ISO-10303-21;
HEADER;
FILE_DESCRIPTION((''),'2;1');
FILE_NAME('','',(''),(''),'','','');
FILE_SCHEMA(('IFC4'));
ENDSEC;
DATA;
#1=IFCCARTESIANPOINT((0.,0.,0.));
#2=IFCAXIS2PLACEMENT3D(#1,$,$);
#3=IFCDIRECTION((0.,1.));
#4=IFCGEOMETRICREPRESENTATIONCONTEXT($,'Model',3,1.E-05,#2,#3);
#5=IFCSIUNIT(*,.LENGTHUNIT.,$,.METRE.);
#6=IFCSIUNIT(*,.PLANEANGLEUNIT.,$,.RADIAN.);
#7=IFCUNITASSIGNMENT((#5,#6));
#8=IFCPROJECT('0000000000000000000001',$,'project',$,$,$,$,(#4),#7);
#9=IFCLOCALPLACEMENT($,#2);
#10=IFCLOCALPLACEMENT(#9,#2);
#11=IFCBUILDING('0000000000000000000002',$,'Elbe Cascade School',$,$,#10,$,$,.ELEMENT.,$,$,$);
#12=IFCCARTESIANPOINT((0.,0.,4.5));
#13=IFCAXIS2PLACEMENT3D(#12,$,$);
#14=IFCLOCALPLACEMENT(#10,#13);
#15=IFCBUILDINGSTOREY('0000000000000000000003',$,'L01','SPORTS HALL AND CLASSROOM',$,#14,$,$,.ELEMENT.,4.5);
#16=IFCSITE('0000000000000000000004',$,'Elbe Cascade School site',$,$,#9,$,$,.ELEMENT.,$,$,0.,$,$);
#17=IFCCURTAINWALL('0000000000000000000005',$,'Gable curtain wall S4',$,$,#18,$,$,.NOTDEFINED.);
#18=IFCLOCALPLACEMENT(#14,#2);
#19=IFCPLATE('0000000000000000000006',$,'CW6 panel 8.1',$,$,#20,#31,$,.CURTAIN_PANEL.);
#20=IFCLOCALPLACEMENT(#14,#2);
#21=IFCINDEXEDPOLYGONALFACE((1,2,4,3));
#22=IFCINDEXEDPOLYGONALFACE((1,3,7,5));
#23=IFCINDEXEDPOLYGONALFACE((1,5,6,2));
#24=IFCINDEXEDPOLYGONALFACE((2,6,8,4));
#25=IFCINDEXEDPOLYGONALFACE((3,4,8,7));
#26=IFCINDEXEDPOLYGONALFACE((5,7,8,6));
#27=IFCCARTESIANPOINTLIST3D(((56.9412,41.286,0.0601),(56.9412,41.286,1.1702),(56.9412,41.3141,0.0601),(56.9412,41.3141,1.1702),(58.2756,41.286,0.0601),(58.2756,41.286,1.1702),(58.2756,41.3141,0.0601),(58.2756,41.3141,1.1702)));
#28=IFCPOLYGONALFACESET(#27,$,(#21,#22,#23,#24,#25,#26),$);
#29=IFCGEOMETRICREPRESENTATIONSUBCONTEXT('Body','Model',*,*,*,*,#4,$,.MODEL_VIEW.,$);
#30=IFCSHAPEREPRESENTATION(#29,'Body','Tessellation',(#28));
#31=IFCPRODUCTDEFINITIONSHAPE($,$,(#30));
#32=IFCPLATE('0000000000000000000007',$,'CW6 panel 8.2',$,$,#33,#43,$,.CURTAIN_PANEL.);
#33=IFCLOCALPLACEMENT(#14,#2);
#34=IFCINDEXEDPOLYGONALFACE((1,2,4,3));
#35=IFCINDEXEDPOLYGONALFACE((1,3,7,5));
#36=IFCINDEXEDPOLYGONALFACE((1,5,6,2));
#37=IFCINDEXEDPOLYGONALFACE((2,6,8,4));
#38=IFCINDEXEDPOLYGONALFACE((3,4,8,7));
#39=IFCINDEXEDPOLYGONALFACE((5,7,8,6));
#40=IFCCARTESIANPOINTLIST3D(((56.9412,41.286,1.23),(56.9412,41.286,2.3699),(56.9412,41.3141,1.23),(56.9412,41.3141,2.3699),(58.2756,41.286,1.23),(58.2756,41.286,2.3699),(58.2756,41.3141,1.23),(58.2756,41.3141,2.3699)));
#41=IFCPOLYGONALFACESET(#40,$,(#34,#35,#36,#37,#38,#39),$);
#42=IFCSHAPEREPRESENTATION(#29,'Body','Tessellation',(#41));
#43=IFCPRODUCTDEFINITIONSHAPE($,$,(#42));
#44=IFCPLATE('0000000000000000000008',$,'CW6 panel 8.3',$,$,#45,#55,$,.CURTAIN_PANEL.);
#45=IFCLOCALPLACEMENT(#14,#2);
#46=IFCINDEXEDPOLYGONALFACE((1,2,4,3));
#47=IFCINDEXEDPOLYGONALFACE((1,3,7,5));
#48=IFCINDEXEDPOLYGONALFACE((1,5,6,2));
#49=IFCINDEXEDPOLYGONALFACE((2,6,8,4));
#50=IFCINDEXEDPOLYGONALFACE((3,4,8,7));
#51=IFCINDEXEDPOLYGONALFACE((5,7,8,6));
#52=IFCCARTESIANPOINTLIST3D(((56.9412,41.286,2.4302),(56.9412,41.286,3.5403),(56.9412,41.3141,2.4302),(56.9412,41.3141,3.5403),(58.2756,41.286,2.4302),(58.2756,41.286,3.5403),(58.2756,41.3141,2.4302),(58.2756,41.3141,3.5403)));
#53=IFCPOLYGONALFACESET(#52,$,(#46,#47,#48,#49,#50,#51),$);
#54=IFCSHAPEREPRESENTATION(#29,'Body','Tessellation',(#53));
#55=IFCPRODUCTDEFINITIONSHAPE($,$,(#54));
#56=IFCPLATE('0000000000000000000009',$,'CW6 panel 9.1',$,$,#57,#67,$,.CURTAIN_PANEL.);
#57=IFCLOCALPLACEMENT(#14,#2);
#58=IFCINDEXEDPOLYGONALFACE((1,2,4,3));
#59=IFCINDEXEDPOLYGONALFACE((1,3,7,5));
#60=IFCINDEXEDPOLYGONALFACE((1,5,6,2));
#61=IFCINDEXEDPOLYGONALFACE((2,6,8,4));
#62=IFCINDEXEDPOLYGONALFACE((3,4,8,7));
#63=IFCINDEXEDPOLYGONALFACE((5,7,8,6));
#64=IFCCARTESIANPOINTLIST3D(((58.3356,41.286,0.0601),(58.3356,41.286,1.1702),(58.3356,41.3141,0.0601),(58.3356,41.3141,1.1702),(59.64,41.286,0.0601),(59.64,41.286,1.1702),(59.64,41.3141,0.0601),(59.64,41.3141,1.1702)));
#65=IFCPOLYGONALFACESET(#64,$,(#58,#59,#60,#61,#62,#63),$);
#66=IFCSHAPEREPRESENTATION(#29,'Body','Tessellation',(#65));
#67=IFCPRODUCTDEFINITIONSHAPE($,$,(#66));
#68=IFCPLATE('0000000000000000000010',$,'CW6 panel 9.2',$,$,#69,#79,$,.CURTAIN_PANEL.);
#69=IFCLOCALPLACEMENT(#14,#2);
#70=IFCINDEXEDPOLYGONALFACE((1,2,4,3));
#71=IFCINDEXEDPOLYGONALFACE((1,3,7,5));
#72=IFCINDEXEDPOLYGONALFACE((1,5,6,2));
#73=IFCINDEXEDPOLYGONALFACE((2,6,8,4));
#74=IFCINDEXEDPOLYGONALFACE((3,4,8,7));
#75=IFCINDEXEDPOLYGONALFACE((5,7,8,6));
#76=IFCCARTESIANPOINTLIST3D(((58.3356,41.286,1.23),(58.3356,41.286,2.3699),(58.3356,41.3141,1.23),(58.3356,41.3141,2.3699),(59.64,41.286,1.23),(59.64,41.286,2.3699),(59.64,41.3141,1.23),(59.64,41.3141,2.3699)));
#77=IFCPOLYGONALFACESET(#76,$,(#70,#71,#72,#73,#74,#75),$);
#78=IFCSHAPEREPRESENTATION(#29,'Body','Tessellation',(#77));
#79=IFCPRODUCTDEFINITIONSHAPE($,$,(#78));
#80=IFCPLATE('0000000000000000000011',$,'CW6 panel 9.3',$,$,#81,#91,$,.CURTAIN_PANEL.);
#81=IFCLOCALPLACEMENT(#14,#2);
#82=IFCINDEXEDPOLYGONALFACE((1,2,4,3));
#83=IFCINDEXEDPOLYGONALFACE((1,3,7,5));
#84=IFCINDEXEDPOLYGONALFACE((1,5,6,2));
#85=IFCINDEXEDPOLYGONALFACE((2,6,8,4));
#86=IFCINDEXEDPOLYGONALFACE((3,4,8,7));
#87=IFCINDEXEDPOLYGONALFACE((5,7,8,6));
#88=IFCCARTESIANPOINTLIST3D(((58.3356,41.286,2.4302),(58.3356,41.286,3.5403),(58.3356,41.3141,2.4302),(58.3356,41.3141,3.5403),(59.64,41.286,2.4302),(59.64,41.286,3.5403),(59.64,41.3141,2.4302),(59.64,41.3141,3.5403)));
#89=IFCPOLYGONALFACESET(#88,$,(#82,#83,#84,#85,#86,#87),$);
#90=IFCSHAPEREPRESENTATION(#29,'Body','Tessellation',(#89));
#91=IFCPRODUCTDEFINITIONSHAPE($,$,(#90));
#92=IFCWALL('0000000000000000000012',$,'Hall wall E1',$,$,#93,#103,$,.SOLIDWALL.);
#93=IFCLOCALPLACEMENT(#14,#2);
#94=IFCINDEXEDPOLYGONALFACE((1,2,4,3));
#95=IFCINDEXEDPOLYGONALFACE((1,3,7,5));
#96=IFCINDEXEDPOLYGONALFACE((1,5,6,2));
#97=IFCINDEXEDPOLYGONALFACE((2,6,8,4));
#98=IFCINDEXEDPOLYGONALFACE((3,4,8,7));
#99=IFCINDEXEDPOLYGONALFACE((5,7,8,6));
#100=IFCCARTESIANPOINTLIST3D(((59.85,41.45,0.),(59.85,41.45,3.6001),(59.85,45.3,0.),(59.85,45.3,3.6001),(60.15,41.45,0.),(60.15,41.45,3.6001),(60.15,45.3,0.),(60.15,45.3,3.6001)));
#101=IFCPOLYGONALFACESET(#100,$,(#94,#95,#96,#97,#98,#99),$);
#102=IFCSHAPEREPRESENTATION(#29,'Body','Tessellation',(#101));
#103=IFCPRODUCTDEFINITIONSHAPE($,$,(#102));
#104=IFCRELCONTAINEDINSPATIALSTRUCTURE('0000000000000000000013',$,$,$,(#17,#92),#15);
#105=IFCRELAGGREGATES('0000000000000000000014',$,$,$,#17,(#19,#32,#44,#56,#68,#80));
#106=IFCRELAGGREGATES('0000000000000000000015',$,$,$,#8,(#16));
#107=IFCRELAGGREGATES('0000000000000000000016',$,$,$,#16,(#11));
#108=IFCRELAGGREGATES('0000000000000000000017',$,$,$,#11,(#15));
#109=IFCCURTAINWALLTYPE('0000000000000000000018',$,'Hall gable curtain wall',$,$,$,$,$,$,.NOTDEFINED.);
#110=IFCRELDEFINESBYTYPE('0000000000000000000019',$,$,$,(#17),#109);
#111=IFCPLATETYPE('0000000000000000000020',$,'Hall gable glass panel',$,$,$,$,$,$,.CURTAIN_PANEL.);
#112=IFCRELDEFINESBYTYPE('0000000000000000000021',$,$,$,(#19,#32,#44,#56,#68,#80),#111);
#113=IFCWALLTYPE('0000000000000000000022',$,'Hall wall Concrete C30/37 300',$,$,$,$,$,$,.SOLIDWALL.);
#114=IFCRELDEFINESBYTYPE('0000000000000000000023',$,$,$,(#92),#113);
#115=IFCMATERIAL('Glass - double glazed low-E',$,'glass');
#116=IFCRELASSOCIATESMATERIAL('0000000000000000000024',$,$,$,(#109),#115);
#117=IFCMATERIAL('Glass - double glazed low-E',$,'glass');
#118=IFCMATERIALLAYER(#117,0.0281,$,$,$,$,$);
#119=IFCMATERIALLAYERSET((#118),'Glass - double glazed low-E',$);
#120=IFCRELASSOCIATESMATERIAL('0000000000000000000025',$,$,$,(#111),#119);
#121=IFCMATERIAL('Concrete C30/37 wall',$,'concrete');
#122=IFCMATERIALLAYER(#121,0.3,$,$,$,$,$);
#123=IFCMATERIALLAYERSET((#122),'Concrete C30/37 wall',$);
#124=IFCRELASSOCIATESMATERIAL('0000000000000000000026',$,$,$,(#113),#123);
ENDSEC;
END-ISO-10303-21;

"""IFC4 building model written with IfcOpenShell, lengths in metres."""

from ifc_helpers import new_model, si_unit, direction, frame, frame_2d, origin, origin_2d, place, context, subcontext, project, spatial, rectangle, extrude, material, layer, layer_set, type_object, element, aggregate, save


model = new_model("IFC4")

# Units and contexts
model_context = context("Model", 3, precision=1e-05, world=origin(), true_north=direction((0.0, 1.0)))
body_context = subcontext(model_context, "Body", "Model", "MODEL_VIEW")
ifc_project = project(units=[si_unit("LENGTHUNIT", "METRE"), si_unit("PLANEANGLEUNIT", "RADIAN")], contexts=[model_context])

# Site, building, storey
site_placement = place(None, origin())
site = spatial("IfcSite", under=ifc_project, at=site_placement, Name="Elbe Cascade School site", CompositionType="ELEMENT", RefElevation=0.0)
building_placement = place(site_placement, origin())
building = spatial("IfcBuilding", under=site, at=building_placement, Name="Elbe Cascade School", CompositionType="ELEMENT")
storey_placement = place(building_placement, frame((0.0, 0.0, 4.5)))
storey = spatial("IfcBuildingStorey", under=building, at=storey_placement, Name="L01", Description="SPORTS HALL AND CLASSROOM", CompositionType="ELEMENT", Elevation=4.5)

# Curtain wall, plates
ifc_material_1 = material(Name="Glass - double glazed low-E", Category="glass")
curtain_wall_type = type_object("IfcCurtainWallType", Name="Hall gable curtain wall", PredefinedType="NOTDEFINED", material=ifc_material_1)
curtain_wall_placement = place(storey_placement, origin())
curtain_wall = element("IfcCurtainWall", 1, at=curtain_wall_placement, inside=storey, type_object=curtain_wall_type, Name="Gable curtain wall S4", PredefinedType="NOTDEFINED")
ifc_material_2 = material(Name="Glass - double glazed low-E", Category="glass")
ifc_layer_1 = layer(ifc_material_2, 0.0281)
ifc_layer_set_1 = layer_set([ifc_layer_1], Name="Glass - double glazed low-E")
plate_type = type_object("IfcPlateType", Name="Hall gable glass panel", PredefinedType="CURTAIN_PANEL", material=ifc_layer_set_1)
plate_1_placement = place(storey_placement, frame((57.6084, 41.3, 0.0601), z_axis=(0.0, 0.0, 1.0), x_axis=(1.0, 0.0, 0.0)))
plate_1 = element("IfcPlate", 2, at=plate_1_placement, type_object=plate_type, Name="CW6 panel 8.1", PredefinedType="CURTAIN_PANEL", context=body_context, shape_type="SweptSolid", body=[
    extrude(rectangle(XDim=1.3345, YDim=0.0281, at=origin_2d()), origin(), (0.0, 0.0, 1.0), 1.1101),
])
plate_2_placement = place(storey_placement, frame((57.6084, 41.3, 1.23), z_axis=(0.0, 0.0, 1.0), x_axis=(1.0, 0.0, 0.0)))
plate_2 = element("IfcPlate", 3, at=plate_2_placement, type_object=plate_type, Name="CW6 panel 8.2", PredefinedType="CURTAIN_PANEL", context=body_context, shape_type="SweptSolid", body=[
    extrude(rectangle(XDim=1.3345, YDim=0.0281, at=origin_2d()), origin(), (0.0, 0.0, 1.0), 1.1399),
])
plate_3_placement = place(storey_placement, frame((57.6084, 41.3, 2.4302), z_axis=(0.0, 0.0, 1.0), x_axis=(1.0, 0.0, 0.0)))
plate_3 = element("IfcPlate", 4, at=plate_3_placement, type_object=plate_type, Name="CW6 panel 8.3", PredefinedType="CURTAIN_PANEL", context=body_context, shape_type="SweptSolid", body=[
    extrude(rectangle(XDim=1.3345, YDim=0.0281, at=origin_2d()), origin(), (0.0, 0.0, 1.0), 1.1101),
])
plate_4_placement = place(storey_placement, frame((58.9878, 41.3, 0.0601), z_axis=(0.0, 0.0, 1.0), x_axis=(1.0, 0.0, 0.0)))
plate_4 = element("IfcPlate", 5, at=plate_4_placement, type_object=plate_type, Name="CW6 panel 9.1", PredefinedType="CURTAIN_PANEL", context=body_context, shape_type="SweptSolid", body=[
    extrude(rectangle(XDim=1.3044, YDim=0.0281, at=origin_2d()), origin(), (0.0, 0.0, 1.0), 1.1101),
])
plate_5_placement = place(storey_placement, frame((58.9878, 41.3, 1.23), z_axis=(0.0, 0.0, 1.0), x_axis=(1.0, 0.0, 0.0)))
plate_5 = element("IfcPlate", 6, at=plate_5_placement, type_object=plate_type, Name="CW6 panel 9.2", PredefinedType="CURTAIN_PANEL", context=body_context, shape_type="SweptSolid", body=[
    extrude(rectangle(XDim=1.3044, YDim=0.0281, at=origin_2d()), origin(), (0.0, 0.0, 1.0), 1.1399),
])
plate_6_placement = place(storey_placement, frame((58.9878, 41.3, 2.4302), z_axis=(0.0, 0.0, 1.0), x_axis=(1.0, 0.0, 0.0)))
plate_6 = element("IfcPlate", 7, at=plate_6_placement, type_object=plate_type, Name="CW6 panel 9.3", PredefinedType="CURTAIN_PANEL", context=body_context, shape_type="SweptSolid", body=[
    extrude(rectangle(XDim=1.3044, YDim=0.0281, at=origin_2d()), origin(), (0.0, 0.0, 1.0), 1.1101),
])
aggregate(curtain_wall, [plate_1, plate_2, plate_3, plate_4, plate_5, plate_6])

# Wall
ifc_material_3 = material(Name="Concrete C30/37 wall", Category="concrete")
ifc_layer_2 = layer(ifc_material_3, 0.3)
ifc_layer_set_2 = layer_set([ifc_layer_2], Name="Concrete C30/37 wall")
wall_type = type_object("IfcWallType", Name="Hall wall Concrete C30/37 300", PredefinedType="SOLIDWALL", material=ifc_layer_set_2)
wall_placement = place(storey_placement, frame((60.0, 41.45, 0.0), z_axis=(0.0, 0.0, 1.0), x_axis=(0.0, 1.0, 0.0)))
element("IfcWall", 8, at=wall_placement, inside=storey, type_object=wall_type, Name="Hall wall E1", PredefinedType="SOLIDWALL", context=body_context, shape_type="SweptSolid", body=[
    extrude(rectangle(XDim=3.8501, YDim=0.3, at=frame_2d((1.925, 0.0))), origin(), (0.0, 0.0, 1.0), 3.6001),
])

save(model, "model.ifc")
